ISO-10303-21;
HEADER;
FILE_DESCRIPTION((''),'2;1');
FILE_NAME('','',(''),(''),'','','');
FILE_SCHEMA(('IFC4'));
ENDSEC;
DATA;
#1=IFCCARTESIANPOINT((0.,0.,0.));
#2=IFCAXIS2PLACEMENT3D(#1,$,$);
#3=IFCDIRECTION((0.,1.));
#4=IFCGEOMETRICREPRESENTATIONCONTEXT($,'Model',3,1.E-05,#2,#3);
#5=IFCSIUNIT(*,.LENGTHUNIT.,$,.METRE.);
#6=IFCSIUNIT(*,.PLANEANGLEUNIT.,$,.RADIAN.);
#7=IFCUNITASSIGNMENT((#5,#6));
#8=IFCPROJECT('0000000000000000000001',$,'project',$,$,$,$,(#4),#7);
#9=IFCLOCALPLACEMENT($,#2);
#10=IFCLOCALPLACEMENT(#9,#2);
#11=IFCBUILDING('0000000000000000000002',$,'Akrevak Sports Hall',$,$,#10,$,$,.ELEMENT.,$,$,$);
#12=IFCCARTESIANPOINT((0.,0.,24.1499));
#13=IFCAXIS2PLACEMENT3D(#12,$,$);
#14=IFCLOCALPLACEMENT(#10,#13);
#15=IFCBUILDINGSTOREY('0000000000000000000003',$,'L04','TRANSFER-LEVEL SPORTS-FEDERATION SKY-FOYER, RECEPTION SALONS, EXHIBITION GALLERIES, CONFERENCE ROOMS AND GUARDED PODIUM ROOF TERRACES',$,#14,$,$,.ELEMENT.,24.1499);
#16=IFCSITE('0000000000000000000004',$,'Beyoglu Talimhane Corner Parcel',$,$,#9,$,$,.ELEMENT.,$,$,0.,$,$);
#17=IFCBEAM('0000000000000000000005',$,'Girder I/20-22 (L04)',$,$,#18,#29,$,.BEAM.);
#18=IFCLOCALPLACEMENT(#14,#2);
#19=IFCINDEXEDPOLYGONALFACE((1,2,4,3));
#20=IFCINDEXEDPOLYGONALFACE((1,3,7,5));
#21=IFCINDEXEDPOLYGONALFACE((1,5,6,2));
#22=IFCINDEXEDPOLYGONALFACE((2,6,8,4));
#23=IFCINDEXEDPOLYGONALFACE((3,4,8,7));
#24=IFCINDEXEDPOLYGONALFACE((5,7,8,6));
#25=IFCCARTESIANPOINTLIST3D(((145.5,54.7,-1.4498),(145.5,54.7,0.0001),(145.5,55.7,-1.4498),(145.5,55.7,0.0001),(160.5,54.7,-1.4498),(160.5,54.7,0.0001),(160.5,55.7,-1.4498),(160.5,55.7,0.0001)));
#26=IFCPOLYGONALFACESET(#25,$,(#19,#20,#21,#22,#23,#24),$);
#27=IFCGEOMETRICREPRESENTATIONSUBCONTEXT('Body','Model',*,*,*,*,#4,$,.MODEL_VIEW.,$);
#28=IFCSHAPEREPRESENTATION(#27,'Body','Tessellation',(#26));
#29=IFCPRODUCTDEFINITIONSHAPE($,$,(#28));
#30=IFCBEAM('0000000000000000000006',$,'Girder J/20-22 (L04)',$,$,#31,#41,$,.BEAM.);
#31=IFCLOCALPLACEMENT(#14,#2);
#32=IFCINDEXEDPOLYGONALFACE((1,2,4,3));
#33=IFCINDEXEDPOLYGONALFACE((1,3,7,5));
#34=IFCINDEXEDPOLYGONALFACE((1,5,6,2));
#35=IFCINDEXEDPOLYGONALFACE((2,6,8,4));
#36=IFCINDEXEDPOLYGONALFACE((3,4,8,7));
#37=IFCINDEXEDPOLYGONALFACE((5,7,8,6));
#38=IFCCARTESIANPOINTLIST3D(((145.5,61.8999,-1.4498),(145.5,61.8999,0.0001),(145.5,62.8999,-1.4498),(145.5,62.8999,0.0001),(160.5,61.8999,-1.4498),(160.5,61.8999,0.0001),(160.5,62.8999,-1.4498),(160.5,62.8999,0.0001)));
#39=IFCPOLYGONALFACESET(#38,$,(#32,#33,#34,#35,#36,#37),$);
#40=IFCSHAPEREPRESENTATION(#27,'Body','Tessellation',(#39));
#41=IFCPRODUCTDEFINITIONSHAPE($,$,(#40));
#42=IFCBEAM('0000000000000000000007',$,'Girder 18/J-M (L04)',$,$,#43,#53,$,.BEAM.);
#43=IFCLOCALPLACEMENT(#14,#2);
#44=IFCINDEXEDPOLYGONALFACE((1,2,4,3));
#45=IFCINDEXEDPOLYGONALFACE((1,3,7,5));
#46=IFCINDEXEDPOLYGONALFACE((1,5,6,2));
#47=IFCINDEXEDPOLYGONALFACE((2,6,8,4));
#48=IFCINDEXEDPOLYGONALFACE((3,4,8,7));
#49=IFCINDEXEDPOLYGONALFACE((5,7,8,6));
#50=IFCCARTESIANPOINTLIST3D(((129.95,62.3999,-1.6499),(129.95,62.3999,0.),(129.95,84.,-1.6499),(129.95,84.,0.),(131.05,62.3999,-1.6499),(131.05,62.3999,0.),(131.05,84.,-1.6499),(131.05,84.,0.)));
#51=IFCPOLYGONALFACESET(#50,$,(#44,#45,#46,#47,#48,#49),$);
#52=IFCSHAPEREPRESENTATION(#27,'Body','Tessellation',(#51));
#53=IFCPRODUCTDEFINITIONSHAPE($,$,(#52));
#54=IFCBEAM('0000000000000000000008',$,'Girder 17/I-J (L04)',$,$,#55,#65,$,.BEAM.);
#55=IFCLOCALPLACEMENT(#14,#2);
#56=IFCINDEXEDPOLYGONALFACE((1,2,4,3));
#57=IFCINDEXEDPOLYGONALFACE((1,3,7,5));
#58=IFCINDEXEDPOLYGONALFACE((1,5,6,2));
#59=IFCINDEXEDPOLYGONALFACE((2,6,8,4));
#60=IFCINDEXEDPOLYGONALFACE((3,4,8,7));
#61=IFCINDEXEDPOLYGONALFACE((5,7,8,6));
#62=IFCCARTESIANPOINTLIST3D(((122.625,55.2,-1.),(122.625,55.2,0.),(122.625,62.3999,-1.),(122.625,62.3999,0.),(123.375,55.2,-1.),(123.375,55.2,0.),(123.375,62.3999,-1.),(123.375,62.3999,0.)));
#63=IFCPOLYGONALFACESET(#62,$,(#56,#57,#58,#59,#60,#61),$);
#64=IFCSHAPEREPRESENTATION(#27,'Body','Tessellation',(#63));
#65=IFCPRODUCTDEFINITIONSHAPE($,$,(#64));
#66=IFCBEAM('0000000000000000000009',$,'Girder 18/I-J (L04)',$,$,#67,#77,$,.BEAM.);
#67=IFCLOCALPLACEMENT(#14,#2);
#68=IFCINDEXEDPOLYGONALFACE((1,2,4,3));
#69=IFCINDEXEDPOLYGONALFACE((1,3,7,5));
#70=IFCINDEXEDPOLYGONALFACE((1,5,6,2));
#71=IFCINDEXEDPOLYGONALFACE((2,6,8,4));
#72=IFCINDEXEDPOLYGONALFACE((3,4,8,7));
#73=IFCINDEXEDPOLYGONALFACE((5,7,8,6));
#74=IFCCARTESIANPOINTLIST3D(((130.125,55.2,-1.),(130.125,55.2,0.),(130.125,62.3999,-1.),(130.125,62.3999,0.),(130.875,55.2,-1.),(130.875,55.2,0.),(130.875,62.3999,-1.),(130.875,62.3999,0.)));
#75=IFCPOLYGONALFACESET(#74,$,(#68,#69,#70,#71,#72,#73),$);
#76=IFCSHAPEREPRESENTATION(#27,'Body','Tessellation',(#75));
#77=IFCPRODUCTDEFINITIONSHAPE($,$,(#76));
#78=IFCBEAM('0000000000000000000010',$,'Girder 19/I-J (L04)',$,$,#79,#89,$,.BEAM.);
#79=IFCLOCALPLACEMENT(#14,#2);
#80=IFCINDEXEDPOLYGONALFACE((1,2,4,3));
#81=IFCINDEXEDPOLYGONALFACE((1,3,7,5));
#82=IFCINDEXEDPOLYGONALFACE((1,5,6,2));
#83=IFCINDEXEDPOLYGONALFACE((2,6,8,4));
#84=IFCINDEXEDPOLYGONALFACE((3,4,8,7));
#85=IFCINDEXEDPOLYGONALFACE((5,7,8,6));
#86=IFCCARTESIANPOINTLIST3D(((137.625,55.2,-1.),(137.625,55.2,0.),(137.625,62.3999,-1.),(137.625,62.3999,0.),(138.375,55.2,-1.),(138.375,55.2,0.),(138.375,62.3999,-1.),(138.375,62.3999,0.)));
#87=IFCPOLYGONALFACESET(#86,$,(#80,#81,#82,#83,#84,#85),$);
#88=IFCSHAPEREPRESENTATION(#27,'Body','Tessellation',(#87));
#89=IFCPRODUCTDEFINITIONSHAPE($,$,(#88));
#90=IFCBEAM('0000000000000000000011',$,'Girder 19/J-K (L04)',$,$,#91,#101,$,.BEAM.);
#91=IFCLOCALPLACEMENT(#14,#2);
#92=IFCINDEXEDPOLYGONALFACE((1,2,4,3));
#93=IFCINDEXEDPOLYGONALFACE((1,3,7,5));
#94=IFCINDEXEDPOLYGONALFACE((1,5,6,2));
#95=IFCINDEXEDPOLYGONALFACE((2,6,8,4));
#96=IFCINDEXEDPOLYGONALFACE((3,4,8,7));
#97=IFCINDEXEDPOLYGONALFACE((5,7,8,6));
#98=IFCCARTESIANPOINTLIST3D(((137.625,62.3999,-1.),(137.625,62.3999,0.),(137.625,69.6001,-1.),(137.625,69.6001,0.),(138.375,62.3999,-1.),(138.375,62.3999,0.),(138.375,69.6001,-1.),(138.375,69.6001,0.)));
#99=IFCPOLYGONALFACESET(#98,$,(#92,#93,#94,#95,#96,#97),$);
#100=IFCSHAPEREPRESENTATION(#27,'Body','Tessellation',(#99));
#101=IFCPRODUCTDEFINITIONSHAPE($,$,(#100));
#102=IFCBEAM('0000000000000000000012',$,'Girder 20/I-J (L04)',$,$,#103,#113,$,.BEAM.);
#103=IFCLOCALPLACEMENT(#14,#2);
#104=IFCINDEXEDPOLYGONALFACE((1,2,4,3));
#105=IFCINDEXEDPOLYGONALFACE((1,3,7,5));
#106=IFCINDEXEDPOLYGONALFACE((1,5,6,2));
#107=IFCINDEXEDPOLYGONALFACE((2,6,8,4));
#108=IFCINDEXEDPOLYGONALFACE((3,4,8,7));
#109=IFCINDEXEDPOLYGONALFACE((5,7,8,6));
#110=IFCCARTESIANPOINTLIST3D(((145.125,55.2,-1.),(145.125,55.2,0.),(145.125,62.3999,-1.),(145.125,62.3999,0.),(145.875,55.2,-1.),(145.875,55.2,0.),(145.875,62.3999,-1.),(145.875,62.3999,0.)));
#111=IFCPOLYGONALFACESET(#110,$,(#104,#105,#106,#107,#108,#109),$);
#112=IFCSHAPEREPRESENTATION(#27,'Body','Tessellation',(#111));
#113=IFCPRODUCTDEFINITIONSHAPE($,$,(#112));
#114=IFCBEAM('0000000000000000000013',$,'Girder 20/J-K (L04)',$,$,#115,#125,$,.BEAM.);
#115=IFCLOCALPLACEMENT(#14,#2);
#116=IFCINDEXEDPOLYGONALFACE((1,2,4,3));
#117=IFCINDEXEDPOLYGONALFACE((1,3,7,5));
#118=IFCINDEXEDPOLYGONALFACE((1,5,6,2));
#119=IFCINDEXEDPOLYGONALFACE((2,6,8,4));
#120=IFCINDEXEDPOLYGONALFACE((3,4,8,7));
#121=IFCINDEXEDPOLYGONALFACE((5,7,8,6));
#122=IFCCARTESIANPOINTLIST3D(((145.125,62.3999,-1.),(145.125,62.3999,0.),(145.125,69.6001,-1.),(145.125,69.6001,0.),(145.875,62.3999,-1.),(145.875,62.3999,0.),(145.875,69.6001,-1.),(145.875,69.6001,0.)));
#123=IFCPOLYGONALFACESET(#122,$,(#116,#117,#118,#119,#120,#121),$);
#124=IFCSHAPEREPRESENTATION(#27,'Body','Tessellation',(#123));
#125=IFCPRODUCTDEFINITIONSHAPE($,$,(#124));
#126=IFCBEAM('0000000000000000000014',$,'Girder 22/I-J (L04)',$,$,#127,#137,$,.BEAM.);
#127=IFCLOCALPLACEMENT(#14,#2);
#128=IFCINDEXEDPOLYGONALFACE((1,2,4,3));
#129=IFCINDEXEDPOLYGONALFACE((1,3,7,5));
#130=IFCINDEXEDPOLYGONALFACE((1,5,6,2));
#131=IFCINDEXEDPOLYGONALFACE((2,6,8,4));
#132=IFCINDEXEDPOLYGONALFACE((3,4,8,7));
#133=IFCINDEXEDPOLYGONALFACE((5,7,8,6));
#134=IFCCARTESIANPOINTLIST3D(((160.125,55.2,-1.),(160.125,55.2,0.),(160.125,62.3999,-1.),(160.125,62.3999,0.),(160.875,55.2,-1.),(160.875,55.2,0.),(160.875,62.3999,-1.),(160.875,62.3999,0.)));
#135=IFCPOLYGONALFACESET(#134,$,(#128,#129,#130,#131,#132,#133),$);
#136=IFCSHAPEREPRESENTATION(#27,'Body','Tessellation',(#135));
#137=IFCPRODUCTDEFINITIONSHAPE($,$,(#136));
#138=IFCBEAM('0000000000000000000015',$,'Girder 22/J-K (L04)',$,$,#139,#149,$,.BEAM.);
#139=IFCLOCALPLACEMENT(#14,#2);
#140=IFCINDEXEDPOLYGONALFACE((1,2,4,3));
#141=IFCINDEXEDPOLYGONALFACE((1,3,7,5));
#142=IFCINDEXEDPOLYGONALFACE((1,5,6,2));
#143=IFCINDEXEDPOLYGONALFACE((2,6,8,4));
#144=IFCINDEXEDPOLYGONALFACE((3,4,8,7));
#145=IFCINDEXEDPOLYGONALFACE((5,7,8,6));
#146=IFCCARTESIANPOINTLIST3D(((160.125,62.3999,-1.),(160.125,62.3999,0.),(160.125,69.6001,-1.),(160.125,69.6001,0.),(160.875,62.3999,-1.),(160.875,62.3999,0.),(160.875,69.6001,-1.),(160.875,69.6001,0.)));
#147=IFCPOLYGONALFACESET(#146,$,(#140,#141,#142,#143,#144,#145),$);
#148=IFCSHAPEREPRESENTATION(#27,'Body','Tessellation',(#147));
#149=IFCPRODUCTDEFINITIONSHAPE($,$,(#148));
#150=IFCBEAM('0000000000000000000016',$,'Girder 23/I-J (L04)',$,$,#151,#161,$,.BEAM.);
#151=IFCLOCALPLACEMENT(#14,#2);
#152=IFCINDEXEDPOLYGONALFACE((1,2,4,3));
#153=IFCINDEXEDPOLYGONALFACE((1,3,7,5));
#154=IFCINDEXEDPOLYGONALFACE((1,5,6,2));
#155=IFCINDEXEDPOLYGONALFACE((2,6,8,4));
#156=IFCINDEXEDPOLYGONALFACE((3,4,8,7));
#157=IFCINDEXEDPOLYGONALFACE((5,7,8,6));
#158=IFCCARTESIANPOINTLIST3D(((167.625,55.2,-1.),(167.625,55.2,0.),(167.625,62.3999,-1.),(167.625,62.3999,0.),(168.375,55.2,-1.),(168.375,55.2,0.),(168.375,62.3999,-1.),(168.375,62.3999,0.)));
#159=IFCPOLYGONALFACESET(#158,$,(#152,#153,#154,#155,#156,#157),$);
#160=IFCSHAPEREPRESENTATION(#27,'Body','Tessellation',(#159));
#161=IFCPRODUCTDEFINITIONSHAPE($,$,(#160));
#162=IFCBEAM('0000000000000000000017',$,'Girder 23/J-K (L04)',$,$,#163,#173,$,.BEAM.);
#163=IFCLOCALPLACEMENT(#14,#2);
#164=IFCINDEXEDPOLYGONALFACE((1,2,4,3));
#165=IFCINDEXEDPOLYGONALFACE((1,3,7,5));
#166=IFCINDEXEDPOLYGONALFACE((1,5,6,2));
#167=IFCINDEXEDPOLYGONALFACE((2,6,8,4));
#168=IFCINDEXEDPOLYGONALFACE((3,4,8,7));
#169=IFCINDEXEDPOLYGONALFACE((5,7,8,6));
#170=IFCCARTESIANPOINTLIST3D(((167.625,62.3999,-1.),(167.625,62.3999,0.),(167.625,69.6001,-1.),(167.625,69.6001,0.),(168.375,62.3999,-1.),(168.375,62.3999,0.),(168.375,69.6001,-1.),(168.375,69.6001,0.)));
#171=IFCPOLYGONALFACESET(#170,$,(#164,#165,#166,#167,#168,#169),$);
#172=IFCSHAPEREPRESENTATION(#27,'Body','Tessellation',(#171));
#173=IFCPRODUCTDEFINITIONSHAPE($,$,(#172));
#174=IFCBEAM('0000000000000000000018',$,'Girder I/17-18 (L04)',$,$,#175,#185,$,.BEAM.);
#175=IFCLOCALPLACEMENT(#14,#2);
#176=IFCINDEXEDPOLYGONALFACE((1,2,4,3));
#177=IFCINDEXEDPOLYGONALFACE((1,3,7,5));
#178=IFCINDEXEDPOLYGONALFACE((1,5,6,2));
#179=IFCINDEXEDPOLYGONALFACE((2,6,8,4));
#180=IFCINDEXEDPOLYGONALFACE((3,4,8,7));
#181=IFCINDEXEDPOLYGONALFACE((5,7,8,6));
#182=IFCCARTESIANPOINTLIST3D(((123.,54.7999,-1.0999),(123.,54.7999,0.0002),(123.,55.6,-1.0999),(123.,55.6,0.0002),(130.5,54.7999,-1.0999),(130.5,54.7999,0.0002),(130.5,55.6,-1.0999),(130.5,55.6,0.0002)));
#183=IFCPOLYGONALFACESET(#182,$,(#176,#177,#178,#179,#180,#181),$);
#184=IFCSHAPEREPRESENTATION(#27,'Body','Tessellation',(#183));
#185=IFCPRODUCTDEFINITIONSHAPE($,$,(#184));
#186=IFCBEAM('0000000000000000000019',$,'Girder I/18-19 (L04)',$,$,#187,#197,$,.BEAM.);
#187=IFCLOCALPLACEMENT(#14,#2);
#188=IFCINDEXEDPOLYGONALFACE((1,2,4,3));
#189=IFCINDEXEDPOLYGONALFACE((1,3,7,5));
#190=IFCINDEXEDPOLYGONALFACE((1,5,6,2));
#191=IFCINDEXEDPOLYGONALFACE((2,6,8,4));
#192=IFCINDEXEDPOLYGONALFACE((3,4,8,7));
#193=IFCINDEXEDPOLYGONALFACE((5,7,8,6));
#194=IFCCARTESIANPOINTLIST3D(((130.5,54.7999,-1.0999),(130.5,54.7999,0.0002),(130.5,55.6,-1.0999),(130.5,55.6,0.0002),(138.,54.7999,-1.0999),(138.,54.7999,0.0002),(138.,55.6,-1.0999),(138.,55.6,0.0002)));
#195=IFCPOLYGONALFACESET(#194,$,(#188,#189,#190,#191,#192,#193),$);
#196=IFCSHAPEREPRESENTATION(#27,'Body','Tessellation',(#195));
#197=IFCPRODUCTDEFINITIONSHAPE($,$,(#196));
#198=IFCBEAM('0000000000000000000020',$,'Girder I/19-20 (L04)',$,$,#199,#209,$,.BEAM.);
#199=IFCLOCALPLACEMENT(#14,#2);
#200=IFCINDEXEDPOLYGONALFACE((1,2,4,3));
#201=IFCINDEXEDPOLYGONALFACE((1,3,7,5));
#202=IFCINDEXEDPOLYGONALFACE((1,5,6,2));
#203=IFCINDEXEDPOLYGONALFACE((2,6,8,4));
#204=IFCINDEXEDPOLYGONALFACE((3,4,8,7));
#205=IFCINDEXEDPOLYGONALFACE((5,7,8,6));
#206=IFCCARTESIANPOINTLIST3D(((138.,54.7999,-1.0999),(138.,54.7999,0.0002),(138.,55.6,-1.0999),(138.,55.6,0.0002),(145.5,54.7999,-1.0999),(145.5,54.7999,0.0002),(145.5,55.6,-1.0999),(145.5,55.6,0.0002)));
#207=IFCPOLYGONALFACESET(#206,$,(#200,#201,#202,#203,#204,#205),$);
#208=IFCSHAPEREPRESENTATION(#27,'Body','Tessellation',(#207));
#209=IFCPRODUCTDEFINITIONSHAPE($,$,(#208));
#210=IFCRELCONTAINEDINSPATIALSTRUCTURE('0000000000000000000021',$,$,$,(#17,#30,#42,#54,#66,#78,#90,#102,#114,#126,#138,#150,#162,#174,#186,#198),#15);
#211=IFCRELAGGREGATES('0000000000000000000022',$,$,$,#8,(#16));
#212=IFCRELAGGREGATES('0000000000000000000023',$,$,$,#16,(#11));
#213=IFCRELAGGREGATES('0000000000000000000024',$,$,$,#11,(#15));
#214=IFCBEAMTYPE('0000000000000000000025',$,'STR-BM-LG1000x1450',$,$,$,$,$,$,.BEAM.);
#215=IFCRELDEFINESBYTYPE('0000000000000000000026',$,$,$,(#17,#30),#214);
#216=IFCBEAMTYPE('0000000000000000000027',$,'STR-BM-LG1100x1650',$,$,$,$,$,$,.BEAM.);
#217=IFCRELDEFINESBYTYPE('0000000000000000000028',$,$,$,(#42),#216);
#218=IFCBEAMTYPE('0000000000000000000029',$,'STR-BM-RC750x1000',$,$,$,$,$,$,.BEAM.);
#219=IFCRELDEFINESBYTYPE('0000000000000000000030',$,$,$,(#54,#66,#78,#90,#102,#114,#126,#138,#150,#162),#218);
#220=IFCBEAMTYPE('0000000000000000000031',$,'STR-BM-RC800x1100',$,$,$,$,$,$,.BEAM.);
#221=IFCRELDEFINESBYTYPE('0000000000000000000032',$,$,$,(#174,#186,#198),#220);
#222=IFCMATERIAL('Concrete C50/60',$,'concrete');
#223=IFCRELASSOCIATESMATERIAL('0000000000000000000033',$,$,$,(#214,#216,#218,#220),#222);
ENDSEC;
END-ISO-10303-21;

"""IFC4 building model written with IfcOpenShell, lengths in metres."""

from ifc_helpers import new_model, si_unit, direction, frame, origin, origin_2d, place, context, subcontext, project, spatial, rectangle, extrude, material, material_profile, profile_set, type_object, element, save


model = new_model("IFC4")

# Units and contexts
model_context = context("Model", 3, precision=1e-05, world=origin(), true_north=direction((0.0, 1.0)))
body_context = subcontext(model_context, "Body", "Model", "MODEL_VIEW")
ifc_project = project(units=[si_unit("LENGTHUNIT", "METRE"), si_unit("PLANEANGLEUNIT", "RADIAN")], contexts=[model_context])

# Site, building, storey
site_placement = place(None, origin())
site = spatial("IfcSite", under=ifc_project, at=site_placement, Name="Beyoglu Talimhane Corner Parcel", CompositionType="ELEMENT", RefElevation=0.0)
building_placement = place(site_placement, origin())
building = spatial("IfcBuilding", under=site, at=building_placement, Name="Akrevak Sports Hall", CompositionType="ELEMENT")
storey_placement = place(building_placement, frame((0.0, 0.0, 24.1499)))
storey = spatial("IfcBuildingStorey", under=building, at=storey_placement, Name="L04", Description="TRANSFER-LEVEL SPORTS-FEDERATION SKY-FOYER, RECEPTION SALONS, EXHIBITION GALLERIES, CONFERENCE ROOMS AND GUARDED PODIUM ROOF TERRACES", CompositionType="ELEMENT", Elevation=24.1499)

# Beams
ifc_material_1 = material(Name="Concrete C50/60", Category="concrete")
ifc_material_profile_1 = material_profile(ifc_material_1, rectangle(XDim=1.0, YDim=1.45, at=origin_2d()), Name="BM 1000x1450", Category="concrete")
ifc_profile_set_1 = profile_set([ifc_material_profile_1], Name="Concrete C50/60")
beam_type_1 = type_object("IfcBeamType", Name="STR-BM-LG1000x1450", PredefinedType="BEAM", material=ifc_profile_set_1)
for number, where, z_axis, x_axis, name in (
    (1, (145.5, 55.2, -0.7249), (1.0, 0.0, 0.0), (0.0, 1.0, 0.0), "Girder I/20-22 (L04)"),
    (2, (145.5, 62.3999, -0.7249), (1.0, 0.0, 0.0), (0.0, 1.0, 0.0), "Girder J/20-22 (L04)"),
):
    element("IfcBeam", number, at=place(storey_placement, frame(where, z_axis=z_axis, x_axis=x_axis)), inside=storey, type_object=beam_type_1, Name=name, PredefinedType="BEAM", context=body_context, shape_type="SweptSolid", body=[
        extrude(rectangle(XDim=1.0, YDim=1.45, at=origin_2d()), origin(), (0.0, 0.0, 1.0), 15.0),
    ])
ifc_material_profile_2 = material_profile(ifc_material_1, rectangle(XDim=1.1001, YDim=1.6499, at=origin_2d()), Name="BM 1100x1650", Category="concrete")
ifc_profile_set_2 = profile_set([ifc_material_profile_2], Name="Concrete C50/60")
beam_type_2 = type_object("IfcBeamType", Name="STR-BM-LG1100x1650", PredefinedType="BEAM", material=ifc_profile_set_2)
beam_1_placement = place(storey_placement, frame((130.5, 62.3999, -0.825), z_axis=(0.0, 1.0, 0.0), x_axis=(-1.0, 0.0, 0.0)))
element("IfcBeam", 3, at=beam_1_placement, inside=storey, type_object=beam_type_2, Name="Girder 18/J-M (L04)", PredefinedType="BEAM", context=body_context, shape_type="SweptSolid", body=[
    extrude(rectangle(XDim=1.1001, YDim=1.6499, at=origin_2d()), origin(), (0.0, 0.0, 1.0), 21.6001),
])
ifc_material_profile_3 = material_profile(ifc_material_1, rectangle(XDim=0.75, YDim=1.0, at=origin_2d()), Name="BM 750x1000", Category="concrete")
ifc_profile_set_3 = profile_set([ifc_material_profile_3], Name="Concrete C50/60")
beam_type_3 = type_object("IfcBeamType", Name="STR-BM-RC750x1000", PredefinedType="BEAM", material=ifc_profile_set_3)
for number, where, z_axis, x_axis, name in (
    (4, (123.0, 55.2, -0.5), (0.0, 1.0, 0.0), (-1.0, 0.0, 0.0), "Girder 17/I-J (L04)"),
    (5, (130.5, 55.2, -0.5), (0.0, 1.0, 0.0), (-1.0, 0.0, 0.0), "Girder 18/I-J (L04)"),
    (6, (138.0, 55.2, -0.5), (0.0, 1.0, 0.0), (-1.0, 0.0, 0.0), "Girder 19/I-J (L04)"),
):
    element("IfcBeam", number, at=place(storey_placement, frame(where, z_axis=z_axis, x_axis=x_axis)), inside=storey, type_object=beam_type_3, Name=name, PredefinedType="BEAM", context=body_context, shape_type="SweptSolid", body=[
        extrude(rectangle(XDim=0.75, YDim=1.0, at=origin_2d()), origin(), (0.0, 0.0, 1.0), 7.2),
    ])
beam_2_placement = place(storey_placement, frame((138.0, 62.3999, -0.5), z_axis=(0.0, 1.0, 0.0), x_axis=(-1.0, 0.0, 0.0)))
element("IfcBeam", 7, at=beam_2_placement, inside=storey, type_object=beam_type_3, Name="Girder 19/J-K (L04)", PredefinedType="BEAM", context=body_context, shape_type="SweptSolid", body=[
    extrude(rectangle(XDim=0.75, YDim=1.0, at=origin_2d()), origin(), (0.0, 0.0, 1.0), 7.2002),
])
beam_3_placement = place(storey_placement, frame((145.5, 55.2, -0.5), z_axis=(0.0, 1.0, 0.0), x_axis=(-1.0, 0.0, 0.0)))
element("IfcBeam", 8, at=beam_3_placement, inside=storey, type_object=beam_type_3, Name="Girder 20/I-J (L04)", PredefinedType="BEAM", context=body_context, shape_type="SweptSolid", body=[
    extrude(rectangle(XDim=0.75, YDim=1.0, at=origin_2d()), origin(), (0.0, 0.0, 1.0), 7.2),
])
beam_4_placement = place(storey_placement, frame((145.5, 62.3999, -0.5), z_axis=(0.0, 1.0, 0.0), x_axis=(-1.0, 0.0, 0.0)))
element("IfcBeam", 9, at=beam_4_placement, inside=storey, type_object=beam_type_3, Name="Girder 20/J-K (L04)", PredefinedType="BEAM", context=body_context, shape_type="SweptSolid", body=[
    extrude(rectangle(XDim=0.75, YDim=1.0, at=origin_2d()), origin(), (0.0, 0.0, 1.0), 7.2002),
])
beam_5_placement = place(storey_placement, frame((160.5, 55.2, -0.5), z_axis=(0.0, 1.0, 0.0), x_axis=(-1.0, 0.0, 0.0)))
element("IfcBeam", 10, at=beam_5_placement, inside=storey, type_object=beam_type_3, Name="Girder 22/I-J (L04)", PredefinedType="BEAM", context=body_context, shape_type="SweptSolid", body=[
    extrude(rectangle(XDim=0.75, YDim=1.0, at=origin_2d()), origin(), (0.0, 0.0, 1.0), 7.2),
])
beam_6_placement = place(storey_placement, frame((160.5, 62.3999, -0.5), z_axis=(0.0, 1.0, 0.0), x_axis=(-1.0, 0.0, 0.0)))
element("IfcBeam", 11, at=beam_6_placement, inside=storey, type_object=beam_type_3, Name="Girder 22/J-K (L04)", PredefinedType="BEAM", context=body_context, shape_type="SweptSolid", body=[
    extrude(rectangle(XDim=0.75, YDim=1.0, at=origin_2d()), origin(), (0.0, 0.0, 1.0), 7.2002),
])
beam_7_placement = place(storey_placement, frame((168.0, 55.2, -0.5), z_axis=(0.0, 1.0, 0.0), x_axis=(-1.0, 0.0, 0.0)))
element("IfcBeam", 12, at=beam_7_placement, inside=storey, type_object=beam_type_3, Name="Girder 23/I-J (L04)", PredefinedType="BEAM", context=body_context, shape_type="SweptSolid", body=[
    extrude(rectangle(XDim=0.75, YDim=1.0, at=origin_2d()), origin(), (0.0, 0.0, 1.0), 7.2),
])
beam_8_placement = place(storey_placement, frame((168.0, 62.3999, -0.5), z_axis=(0.0, 1.0, 0.0), x_axis=(-1.0, 0.0, 0.0)))
element("IfcBeam", 13, at=beam_8_placement, inside=storey, type_object=beam_type_3, Name="Girder 23/J-K (L04)", PredefinedType="BEAM", context=body_context, shape_type="SweptSolid", body=[
    extrude(rectangle(XDim=0.75, YDim=1.0, at=origin_2d()), origin(), (0.0, 0.0, 1.0), 7.2002),
])
ifc_material_profile_4 = material_profile(ifc_material_1, rectangle(XDim=0.8, YDim=1.1001, at=origin_2d()), Name="BM 800x1100", Category="concrete")
ifc_profile_set_4 = profile_set([ifc_material_profile_4], Name="Concrete C50/60")
beam_type_4 = type_object("IfcBeamType", Name="STR-BM-RC800x1100", PredefinedType="BEAM", material=ifc_profile_set_4)
for number, where, z_axis, x_axis, name in (
    (14, (123.0, 55.2, -0.5498), (1.0, 0.0, 0.0), (0.0, 1.0, 0.0), "Girder I/17-18 (L04)"),
    (15, (130.5, 55.2, -0.5498), (1.0, 0.0, 0.0), (0.0, 1.0, 0.0), "Girder I/18-19 (L04)"),
    (16, (138.0, 55.2, -0.5498), (1.0, 0.0, 0.0), (0.0, 1.0, 0.0), "Girder I/19-20 (L04)"),
):
    element("IfcBeam", number, at=place(storey_placement, frame(where, z_axis=z_axis, x_axis=x_axis)), inside=storey, type_object=beam_type_4, Name=name, PredefinedType="BEAM", context=body_context, shape_type="SweptSolid", body=[
        extrude(rectangle(XDim=0.8, YDim=1.1001, at=origin_2d()), origin(), (0.0, 0.0, 1.0), 7.5),
    ])

save(model, "model.ifc")
